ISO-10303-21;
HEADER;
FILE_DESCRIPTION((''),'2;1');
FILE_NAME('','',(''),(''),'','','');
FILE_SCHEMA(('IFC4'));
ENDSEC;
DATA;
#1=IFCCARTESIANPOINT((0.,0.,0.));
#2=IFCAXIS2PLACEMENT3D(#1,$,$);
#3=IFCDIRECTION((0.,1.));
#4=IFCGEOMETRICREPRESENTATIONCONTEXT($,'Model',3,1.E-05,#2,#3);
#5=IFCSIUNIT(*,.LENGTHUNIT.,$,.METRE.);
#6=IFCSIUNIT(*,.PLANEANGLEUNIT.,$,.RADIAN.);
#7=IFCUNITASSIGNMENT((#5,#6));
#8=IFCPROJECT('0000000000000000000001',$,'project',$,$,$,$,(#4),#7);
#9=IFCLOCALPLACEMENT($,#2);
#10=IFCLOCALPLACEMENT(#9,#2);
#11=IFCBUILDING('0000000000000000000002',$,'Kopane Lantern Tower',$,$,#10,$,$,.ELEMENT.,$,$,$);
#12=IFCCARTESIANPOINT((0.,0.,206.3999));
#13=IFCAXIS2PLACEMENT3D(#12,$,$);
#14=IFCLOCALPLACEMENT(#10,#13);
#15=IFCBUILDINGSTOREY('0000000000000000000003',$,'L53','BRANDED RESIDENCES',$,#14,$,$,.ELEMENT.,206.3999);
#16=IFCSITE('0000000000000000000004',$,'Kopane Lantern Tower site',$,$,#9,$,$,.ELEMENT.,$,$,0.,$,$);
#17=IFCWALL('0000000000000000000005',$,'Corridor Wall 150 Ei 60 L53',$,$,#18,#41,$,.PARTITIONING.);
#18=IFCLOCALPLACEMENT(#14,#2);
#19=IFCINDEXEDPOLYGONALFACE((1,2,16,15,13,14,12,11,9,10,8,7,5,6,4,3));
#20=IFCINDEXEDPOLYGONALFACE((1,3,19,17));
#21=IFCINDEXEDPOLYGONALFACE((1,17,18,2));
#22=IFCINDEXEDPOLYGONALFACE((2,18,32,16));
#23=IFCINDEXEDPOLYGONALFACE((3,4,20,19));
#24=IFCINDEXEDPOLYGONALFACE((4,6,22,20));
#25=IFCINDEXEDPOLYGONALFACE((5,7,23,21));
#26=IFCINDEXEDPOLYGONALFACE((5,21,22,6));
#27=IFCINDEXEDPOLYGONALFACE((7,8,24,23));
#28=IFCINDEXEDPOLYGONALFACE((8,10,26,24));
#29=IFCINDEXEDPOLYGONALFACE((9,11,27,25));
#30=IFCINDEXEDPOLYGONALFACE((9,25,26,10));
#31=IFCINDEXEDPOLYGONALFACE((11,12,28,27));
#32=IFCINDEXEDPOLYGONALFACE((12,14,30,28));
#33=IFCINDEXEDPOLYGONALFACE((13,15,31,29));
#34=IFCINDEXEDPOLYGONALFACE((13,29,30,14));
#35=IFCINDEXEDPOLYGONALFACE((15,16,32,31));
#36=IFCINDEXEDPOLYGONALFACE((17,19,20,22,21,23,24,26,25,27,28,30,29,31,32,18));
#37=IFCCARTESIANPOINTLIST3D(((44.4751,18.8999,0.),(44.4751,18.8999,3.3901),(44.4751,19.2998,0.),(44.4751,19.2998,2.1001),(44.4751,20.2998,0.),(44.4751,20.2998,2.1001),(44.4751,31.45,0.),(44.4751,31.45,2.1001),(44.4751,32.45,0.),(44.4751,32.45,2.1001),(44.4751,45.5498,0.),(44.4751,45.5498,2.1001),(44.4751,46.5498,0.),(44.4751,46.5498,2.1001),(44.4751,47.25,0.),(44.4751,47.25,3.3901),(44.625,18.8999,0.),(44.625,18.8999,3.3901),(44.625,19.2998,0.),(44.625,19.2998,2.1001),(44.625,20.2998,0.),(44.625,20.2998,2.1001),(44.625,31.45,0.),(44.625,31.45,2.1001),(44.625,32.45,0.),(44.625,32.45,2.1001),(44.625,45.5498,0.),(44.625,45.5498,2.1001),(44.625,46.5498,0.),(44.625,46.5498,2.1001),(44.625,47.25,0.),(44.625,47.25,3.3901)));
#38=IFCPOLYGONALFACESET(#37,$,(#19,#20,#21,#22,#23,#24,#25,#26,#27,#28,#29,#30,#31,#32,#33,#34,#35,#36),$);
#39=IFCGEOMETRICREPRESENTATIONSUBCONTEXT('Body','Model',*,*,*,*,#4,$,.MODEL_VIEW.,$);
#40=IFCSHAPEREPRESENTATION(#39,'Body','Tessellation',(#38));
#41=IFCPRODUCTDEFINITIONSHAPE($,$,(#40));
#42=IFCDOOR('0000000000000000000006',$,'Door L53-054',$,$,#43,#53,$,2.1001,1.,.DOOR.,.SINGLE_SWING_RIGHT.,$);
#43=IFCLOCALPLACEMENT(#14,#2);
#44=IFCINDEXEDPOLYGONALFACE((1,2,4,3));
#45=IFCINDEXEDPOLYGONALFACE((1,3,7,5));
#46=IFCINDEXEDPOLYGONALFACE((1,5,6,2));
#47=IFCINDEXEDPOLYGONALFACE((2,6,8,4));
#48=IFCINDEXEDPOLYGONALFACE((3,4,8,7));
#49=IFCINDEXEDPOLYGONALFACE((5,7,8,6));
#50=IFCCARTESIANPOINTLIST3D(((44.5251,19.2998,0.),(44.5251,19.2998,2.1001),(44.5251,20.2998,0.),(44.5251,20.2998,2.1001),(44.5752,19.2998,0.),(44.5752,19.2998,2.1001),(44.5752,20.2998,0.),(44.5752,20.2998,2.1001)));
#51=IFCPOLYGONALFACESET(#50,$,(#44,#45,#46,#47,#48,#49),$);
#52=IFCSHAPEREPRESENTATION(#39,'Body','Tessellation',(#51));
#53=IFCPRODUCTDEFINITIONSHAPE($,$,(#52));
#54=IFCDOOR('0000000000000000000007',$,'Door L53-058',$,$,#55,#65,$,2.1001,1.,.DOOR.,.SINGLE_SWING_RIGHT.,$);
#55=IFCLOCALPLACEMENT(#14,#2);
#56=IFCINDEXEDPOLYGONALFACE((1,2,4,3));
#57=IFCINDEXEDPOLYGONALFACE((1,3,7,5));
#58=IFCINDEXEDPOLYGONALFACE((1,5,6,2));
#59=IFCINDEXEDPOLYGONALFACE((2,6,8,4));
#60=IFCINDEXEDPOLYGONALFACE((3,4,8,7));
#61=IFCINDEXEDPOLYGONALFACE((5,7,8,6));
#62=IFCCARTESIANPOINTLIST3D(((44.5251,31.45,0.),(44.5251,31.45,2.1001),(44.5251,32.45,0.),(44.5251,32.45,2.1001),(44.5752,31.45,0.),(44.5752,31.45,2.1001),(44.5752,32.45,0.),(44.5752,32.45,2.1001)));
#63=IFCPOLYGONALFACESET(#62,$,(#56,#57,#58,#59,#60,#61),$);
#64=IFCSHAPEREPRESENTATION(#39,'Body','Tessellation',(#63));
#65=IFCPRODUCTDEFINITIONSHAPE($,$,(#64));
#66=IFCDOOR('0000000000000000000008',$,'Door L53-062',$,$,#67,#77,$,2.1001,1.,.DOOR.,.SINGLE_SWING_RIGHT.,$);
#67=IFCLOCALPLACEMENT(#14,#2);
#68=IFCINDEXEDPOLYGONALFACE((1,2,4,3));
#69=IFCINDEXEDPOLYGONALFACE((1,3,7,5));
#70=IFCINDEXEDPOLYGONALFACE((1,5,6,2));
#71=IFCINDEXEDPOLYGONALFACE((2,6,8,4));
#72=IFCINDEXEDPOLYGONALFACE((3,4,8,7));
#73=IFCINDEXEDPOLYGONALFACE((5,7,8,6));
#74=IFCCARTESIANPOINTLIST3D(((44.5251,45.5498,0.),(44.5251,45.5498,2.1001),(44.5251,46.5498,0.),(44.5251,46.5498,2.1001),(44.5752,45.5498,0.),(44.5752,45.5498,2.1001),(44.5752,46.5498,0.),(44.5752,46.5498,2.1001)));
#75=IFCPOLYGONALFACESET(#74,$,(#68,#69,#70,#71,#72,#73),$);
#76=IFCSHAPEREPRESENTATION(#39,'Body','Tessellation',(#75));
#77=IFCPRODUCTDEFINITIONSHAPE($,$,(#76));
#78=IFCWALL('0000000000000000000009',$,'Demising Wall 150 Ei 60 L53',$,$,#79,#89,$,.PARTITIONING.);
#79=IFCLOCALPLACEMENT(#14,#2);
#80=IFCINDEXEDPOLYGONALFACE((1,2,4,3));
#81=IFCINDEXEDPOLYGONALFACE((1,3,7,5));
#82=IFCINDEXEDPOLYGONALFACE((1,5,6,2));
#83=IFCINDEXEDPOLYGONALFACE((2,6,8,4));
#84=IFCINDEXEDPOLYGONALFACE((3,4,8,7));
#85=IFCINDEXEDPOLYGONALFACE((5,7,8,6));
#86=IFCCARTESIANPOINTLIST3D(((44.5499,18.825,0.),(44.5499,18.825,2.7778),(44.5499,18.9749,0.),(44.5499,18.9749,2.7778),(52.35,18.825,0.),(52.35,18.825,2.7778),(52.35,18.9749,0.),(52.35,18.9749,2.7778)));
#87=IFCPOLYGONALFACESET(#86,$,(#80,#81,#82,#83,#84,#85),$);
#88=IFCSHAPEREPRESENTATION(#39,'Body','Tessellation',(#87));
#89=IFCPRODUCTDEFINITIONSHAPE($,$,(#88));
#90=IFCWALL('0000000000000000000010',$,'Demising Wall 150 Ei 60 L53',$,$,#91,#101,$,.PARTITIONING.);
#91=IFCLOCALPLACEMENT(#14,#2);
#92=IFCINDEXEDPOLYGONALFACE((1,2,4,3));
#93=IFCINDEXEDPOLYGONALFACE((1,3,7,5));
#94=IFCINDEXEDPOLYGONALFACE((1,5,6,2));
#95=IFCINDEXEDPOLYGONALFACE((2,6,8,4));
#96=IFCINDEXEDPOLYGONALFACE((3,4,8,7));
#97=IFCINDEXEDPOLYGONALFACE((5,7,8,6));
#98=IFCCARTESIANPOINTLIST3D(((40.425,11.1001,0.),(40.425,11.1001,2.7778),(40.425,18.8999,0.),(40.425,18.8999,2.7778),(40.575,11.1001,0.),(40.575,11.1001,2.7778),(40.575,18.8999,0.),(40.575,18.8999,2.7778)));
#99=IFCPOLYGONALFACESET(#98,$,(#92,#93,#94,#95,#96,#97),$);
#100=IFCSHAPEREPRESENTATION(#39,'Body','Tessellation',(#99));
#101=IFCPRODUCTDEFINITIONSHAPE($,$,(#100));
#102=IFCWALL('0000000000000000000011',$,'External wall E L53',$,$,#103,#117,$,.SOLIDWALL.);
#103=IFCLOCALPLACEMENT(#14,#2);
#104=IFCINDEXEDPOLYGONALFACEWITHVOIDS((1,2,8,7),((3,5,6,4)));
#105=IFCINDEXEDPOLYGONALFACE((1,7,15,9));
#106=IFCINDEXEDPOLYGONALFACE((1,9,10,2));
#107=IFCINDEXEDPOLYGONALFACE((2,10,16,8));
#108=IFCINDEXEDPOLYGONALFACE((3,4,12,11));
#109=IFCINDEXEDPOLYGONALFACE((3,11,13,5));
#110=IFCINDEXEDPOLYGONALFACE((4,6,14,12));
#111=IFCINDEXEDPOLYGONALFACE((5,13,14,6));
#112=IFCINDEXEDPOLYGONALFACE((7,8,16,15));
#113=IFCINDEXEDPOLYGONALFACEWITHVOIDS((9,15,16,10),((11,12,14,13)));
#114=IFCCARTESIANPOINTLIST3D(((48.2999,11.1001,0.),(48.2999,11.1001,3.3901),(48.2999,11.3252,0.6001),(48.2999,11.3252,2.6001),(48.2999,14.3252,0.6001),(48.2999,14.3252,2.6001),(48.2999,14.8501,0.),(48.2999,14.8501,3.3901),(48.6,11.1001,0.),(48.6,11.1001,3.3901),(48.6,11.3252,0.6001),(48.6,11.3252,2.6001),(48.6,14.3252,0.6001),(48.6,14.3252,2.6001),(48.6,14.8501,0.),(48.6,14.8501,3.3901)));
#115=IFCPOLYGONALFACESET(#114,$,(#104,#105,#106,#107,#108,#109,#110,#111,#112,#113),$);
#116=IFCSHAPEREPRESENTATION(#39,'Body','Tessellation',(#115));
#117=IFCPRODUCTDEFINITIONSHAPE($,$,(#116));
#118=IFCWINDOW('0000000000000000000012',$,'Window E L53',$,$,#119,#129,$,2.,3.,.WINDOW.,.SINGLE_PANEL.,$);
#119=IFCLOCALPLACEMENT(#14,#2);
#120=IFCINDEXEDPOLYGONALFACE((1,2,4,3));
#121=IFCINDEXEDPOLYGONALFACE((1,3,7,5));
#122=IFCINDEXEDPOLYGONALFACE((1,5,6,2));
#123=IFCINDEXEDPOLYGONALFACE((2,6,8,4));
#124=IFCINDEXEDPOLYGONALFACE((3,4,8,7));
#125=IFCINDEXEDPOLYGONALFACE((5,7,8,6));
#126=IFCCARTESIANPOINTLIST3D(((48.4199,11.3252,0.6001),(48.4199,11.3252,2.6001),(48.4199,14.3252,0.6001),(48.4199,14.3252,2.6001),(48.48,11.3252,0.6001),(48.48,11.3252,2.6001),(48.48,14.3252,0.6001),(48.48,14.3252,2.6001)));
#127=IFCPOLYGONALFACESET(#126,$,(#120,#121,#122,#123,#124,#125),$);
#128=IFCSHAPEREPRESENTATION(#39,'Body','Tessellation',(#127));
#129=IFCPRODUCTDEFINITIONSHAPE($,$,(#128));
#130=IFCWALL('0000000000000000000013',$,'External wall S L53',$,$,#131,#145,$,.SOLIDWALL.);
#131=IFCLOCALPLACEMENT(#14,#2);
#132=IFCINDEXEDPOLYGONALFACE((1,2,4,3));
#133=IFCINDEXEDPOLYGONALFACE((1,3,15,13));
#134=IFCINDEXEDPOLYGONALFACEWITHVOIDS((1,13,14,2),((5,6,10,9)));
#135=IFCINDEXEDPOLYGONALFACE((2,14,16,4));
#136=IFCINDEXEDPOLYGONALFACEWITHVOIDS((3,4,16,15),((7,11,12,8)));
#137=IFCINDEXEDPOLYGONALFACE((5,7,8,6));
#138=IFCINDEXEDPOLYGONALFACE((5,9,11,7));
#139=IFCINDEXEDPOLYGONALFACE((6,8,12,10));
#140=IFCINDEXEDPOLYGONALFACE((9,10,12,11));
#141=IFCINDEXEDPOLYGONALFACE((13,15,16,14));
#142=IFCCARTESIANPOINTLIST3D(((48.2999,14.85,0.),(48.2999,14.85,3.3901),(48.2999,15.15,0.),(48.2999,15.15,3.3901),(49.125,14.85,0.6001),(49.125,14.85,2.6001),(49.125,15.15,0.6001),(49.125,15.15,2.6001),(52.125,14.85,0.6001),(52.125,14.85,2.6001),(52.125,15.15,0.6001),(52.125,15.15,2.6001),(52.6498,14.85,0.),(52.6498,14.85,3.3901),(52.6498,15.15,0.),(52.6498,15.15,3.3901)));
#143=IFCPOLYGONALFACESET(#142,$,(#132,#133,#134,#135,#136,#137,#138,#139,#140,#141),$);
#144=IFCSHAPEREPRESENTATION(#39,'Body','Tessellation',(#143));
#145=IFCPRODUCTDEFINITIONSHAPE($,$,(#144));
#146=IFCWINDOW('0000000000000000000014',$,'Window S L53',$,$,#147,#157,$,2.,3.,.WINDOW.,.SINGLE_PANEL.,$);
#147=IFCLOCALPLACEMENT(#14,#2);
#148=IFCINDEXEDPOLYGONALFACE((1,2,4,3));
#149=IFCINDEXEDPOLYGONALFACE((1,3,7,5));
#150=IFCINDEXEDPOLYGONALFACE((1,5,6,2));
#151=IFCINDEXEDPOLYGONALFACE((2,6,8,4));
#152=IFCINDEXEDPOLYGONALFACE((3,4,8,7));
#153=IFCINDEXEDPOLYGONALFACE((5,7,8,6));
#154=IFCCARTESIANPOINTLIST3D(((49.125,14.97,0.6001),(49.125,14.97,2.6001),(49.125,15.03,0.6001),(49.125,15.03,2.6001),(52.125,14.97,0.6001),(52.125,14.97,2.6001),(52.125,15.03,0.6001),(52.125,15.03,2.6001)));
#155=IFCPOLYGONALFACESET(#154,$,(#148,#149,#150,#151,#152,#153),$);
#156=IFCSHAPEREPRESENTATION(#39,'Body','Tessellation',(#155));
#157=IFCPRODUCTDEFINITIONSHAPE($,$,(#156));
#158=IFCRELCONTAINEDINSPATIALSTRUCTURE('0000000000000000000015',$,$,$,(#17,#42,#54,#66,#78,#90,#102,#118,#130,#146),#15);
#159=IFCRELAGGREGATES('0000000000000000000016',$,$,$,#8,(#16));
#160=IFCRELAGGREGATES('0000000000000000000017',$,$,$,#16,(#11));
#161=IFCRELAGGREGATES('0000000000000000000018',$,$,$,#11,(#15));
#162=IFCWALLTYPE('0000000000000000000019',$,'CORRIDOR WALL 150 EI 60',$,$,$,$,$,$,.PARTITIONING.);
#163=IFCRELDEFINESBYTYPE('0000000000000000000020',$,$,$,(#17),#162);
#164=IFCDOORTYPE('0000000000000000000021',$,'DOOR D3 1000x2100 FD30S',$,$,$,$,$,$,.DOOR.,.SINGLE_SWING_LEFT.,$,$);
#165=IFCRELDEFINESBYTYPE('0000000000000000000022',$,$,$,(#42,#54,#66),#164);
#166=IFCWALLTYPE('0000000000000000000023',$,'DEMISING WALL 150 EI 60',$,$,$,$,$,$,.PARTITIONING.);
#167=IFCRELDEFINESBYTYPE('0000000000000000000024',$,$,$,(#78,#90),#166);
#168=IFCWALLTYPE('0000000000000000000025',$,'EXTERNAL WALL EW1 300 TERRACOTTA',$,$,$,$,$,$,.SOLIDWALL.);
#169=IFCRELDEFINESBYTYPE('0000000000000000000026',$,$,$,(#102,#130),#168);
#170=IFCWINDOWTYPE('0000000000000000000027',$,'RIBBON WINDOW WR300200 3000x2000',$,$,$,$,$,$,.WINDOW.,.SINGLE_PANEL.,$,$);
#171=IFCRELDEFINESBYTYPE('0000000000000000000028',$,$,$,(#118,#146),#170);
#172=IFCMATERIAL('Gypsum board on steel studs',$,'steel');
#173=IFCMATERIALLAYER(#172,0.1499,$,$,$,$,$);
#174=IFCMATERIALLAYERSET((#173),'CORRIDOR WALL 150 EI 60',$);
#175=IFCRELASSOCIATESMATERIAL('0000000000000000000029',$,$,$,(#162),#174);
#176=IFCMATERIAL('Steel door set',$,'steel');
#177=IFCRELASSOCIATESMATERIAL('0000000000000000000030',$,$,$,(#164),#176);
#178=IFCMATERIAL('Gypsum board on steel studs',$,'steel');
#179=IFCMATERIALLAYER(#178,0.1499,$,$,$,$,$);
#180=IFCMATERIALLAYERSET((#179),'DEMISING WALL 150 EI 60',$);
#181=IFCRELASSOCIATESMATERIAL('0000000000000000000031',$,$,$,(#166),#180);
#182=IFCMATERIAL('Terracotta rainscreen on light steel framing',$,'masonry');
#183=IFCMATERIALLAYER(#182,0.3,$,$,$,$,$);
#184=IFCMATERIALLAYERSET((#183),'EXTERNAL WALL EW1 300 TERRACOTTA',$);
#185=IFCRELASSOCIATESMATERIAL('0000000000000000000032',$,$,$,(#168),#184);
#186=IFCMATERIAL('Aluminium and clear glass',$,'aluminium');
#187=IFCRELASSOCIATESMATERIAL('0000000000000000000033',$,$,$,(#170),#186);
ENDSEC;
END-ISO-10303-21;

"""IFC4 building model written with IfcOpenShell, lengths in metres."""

from ifc_helpers import new_model, si_unit, direction, frame, frame_2d, origin, place, context, subcontext, project, spatial, rectangle, extrude, material, layer, layer_set, type_object, element, fill, save


model = new_model("IFC4")

# Units and contexts
model_context = context("Model", 3, precision=1e-05, world=origin(), true_north=direction((0.0, 1.0)))
body_context = subcontext(model_context, "Body", "Model", "MODEL_VIEW")
ifc_project = project(units=[si_unit("LENGTHUNIT", "METRE"), si_unit("PLANEANGLEUNIT", "RADIAN")], contexts=[model_context])

# Site, building, storey
site_placement = place(None, origin())
site = spatial("IfcSite", under=ifc_project, at=site_placement, Name="Kopane Lantern Tower site", CompositionType="ELEMENT", RefElevation=0.0)
building_placement = place(site_placement, origin())
building = spatial("IfcBuilding", under=site, at=building_placement, Name="Kopane Lantern Tower", CompositionType="ELEMENT")
storey_placement = place(building_placement, frame((0.0, 0.0, 206.3999)))
storey = spatial("IfcBuildingStorey", under=building, at=storey_placement, Name="L53", Description="BRANDED RESIDENCES", CompositionType="ELEMENT", Elevation=206.3999)

# Wall, openings, doors
ifc_material_1 = material(Name="Gypsum board on steel studs", Category="steel")
ifc_layer_1 = layer(ifc_material_1, 0.1499)
ifc_layer_set_1 = layer_set([ifc_layer_1], Name="CORRIDOR WALL 150 EI 60")
wall_type_1 = type_object("IfcWallType", Name="CORRIDOR WALL 150 EI 60", PredefinedType="PARTITIONING", material=ifc_layer_set_1)
wall_1_placement = place(storey_placement, frame((44.55, 18.8999, 0.0), z_axis=(0.0, 0.0, 1.0), x_axis=(0.0, 1.0, 0.0)))
wall_1 = element("IfcWall", 1, at=wall_1_placement, inside=storey, type_object=wall_type_1, Name="Corridor Wall 150 Ei 60 L53", PredefinedType="PARTITIONING", context=body_context, shape_type="SweptSolid", body=[
    extrude(rectangle(XDim=28.3501, YDim=0.1499, at=frame_2d((14.175, 0.0))), origin(), (0.0, 0.0, 1.0), 3.3901),
])
opening_1_placement = place(wall_1_placement, frame((0.3999, 0.0, 0.0)))
opening_1 = element("IfcOpeningElement", 2, at=opening_1_placement, cuts=wall_1, PredefinedType="OPENING", context=body_context, shape_type="SweptSolid", body=[
    extrude(rectangle(XDim=1.0, YDim=2.1001, at=frame_2d((0.5, 1.05))), frame((0.0, 0.085, 0.0), z_axis=(0.0, -1.0, 0.0), x_axis=(1.0, 0.0, 0.0)), (0.0, 0.0, 1.0), 0.1699),
])
opening_2_placement = place(wall_1_placement, frame((12.55, 0.0, 0.0)))
opening_2 = element("IfcOpeningElement", 3, at=opening_2_placement, cuts=wall_1, PredefinedType="OPENING", context=body_context, shape_type="SweptSolid", body=[
    extrude(rectangle(XDim=1.0, YDim=2.1001, at=frame_2d((0.5, 1.05))), frame((0.0, 0.085, 0.0), z_axis=(0.0, -1.0, 0.0), x_axis=(1.0, 0.0, 0.0)), (0.0, 0.0, 1.0), 0.1699),
])
opening_3_placement = place(wall_1_placement, frame((26.6499, 0.0, 0.0)))
opening_3 = element("IfcOpeningElement", 4, at=opening_3_placement, cuts=wall_1, PredefinedType="OPENING", context=body_context, shape_type="SweptSolid", body=[
    extrude(rectangle(XDim=1.0, YDim=2.1001, at=frame_2d((0.5, 1.05))), frame((0.0, 0.085, 0.0), z_axis=(0.0, -1.0, 0.0), x_axis=(1.0, 0.0, 0.0)), (0.0, 0.0, 1.0), 0.1699),
])
ifc_material_2 = material(Name="Steel door set", Category="steel")
door_type_1 = type_object("IfcDoorType", Name="DOOR D3 1000x2100 FD30S", OperationType="SINGLE_SWING_LEFT", PredefinedType="DOOR", material=ifc_material_2)
door_1_placement = place(opening_1_placement, origin())
door_1 = element("IfcDoor", 5, at=door_1_placement, inside=storey, type_object=door_type_1, Name="Door L53-054", OperationType="SINGLE_SWING_RIGHT", OverallHeight=2.1001, OverallWidth=1.0, PredefinedType="DOOR", context=body_context, shape_type="SweptSolid", body=[
    extrude(rectangle(XDim=1.0, YDim=2.1001, at=frame_2d((0.5, 1.05))), frame((0.0, 0.0249, 0.0), z_axis=(0.0, -1.0, 0.0), x_axis=(1.0, 0.0, 0.0)), (0.0, 0.0, 1.0), 0.05),
])
fill(opening_1, door_1)
door_2_placement = place(opening_2_placement, origin())
door_2 = element("IfcDoor", 6, at=door_2_placement, inside=storey, type_object=door_type_1, Name="Door L53-058", OperationType="SINGLE_SWING_RIGHT", OverallHeight=2.1001, OverallWidth=1.0, PredefinedType="DOOR", context=body_context, shape_type="SweptSolid", body=[
    extrude(rectangle(XDim=1.0, YDim=2.1001, at=frame_2d((0.5, 1.05))), frame((0.0, 0.0249, 0.0), z_axis=(0.0, -1.0, 0.0), x_axis=(1.0, 0.0, 0.0)), (0.0, 0.0, 1.0), 0.05),
])
fill(opening_2, door_2)
door_3_placement = place(opening_3_placement, origin())
door_3 = element("IfcDoor", 7, at=door_3_placement, inside=storey, type_object=door_type_1, Name="Door L53-062", OperationType="SINGLE_SWING_RIGHT", OverallHeight=2.1001, OverallWidth=1.0, PredefinedType="DOOR", context=body_context, shape_type="SweptSolid", body=[
    extrude(rectangle(XDim=1.0, YDim=2.1001, at=frame_2d((0.5, 1.05))), frame((0.0, 0.0249, 0.0), z_axis=(0.0, -1.0, 0.0), x_axis=(1.0, 0.0, 0.0)), (0.0, 0.0, 1.0), 0.05),
])
fill(opening_3, door_3)

# Walls
ifc_material_3 = material(Name="Gypsum board on steel studs", Category="steel")
ifc_layer_2 = layer(ifc_material_3, 0.1499)
ifc_layer_set_2 = layer_set([ifc_layer_2], Name="DEMISING WALL 150 EI 60")
wall_type_2 = type_object("IfcWallType", Name="DEMISING WALL 150 EI 60", PredefinedType="PARTITIONING", material=ifc_layer_set_2)
wall_2_placement = place(storey_placement, frame((44.55, 18.8999, 0.0), z_axis=(0.0, 0.0, 1.0), x_axis=(1.0, 0.0, 0.0)))
element("IfcWall", 8, at=wall_2_placement, inside=storey, type_object=wall_type_2, Name="Demising Wall 150 Ei 60 L53", PredefinedType="PARTITIONING", context=body_context, shape_type="SweptSolid", body=[
    extrude(rectangle(XDim=7.8, YDim=0.1499, at=frame_2d((3.8999, 0.0))), origin(), (0.0, 0.0, 1.0), 2.7778),
])
wall_3_placement = place(storey_placement, frame((40.5, 18.8999, 0.0), z_axis=(0.0, 0.0, 1.0), x_axis=(0.0, -1.0, 0.0)))
element("IfcWall", 9, at=wall_3_placement, inside=storey, type_object=wall_type_2, Name="Demising Wall 150 Ei 60 L53", PredefinedType="PARTITIONING", context=body_context, shape_type="SweptSolid", body=[
    extrude(rectangle(XDim=7.7998, YDim=0.1499, at=frame_2d((3.8999, 0.0))), origin(), (0.0, 0.0, 1.0), 2.7778),
])

# Walls, openings, windows
ifc_material_4 = material(Name="Terracotta rainscreen on light steel framing", Category="masonry")
ifc_layer_3 = layer(ifc_material_4, 0.3)
ifc_layer_set_3 = layer_set([ifc_layer_3], Name="EXTERNAL WALL EW1 300 TERRACOTTA")
wall_type_3 = type_object("IfcWallType", Name="EXTERNAL WALL EW1 300 TERRACOTTA", PredefinedType="SOLIDWALL", material=ifc_layer_set_3)
wall_4_placement = place(storey_placement, frame((48.45, 11.1001, 0.0), z_axis=(0.0, 0.0, 1.0), x_axis=(0.0, 1.0, 0.0)))
wall_4 = element("IfcWall", 10, at=wall_4_placement, inside=storey, type_object=wall_type_3, Name="External wall E L53", PredefinedType="SOLIDWALL", context=body_context, shape_type="SweptSolid", body=[
    extrude(rectangle(XDim=3.75, YDim=0.3, at=frame_2d((1.875, 0.0))), origin(), (0.0, 0.0, 1.0), 3.3901),
])
opening_4_placement = place(wall_4_placement, frame((0.2251, 0.0, 0.6001)))
opening_4 = element("IfcOpeningElement", 11, at=opening_4_placement, cuts=wall_4, PredefinedType="OPENING", context=body_context, shape_type="SweptSolid", body=[
    extrude(rectangle(XDim=3.0, YDim=2.0, at=frame_2d((1.5, 1.0))), frame((0.0, 0.1599, 0.0), z_axis=(0.0, -1.0, 0.0), x_axis=(1.0, 0.0, 0.0)), (0.0, 0.0, 1.0), 0.3201),
])
ifc_material_5 = material(Name="Aluminium and clear glass", Category="aluminium")
window_type = type_object("IfcWindowType", Name="RIBBON WINDOW WR300200 3000x2000", PartitioningType="SINGLE_PANEL", PredefinedType="WINDOW", material=ifc_material_5)
window_1_placement = place(opening_4_placement, origin())
window_1 = element("IfcWindow", 12, at=window_1_placement, inside=storey, type_object=window_type, Name="Window E L53", OverallHeight=2.0, OverallWidth=3.0, PartitioningType="SINGLE_PANEL", PredefinedType="WINDOW", context=body_context, shape_type="SweptSolid", body=[
    extrude(rectangle(XDim=3.0, YDim=2.0, at=frame_2d((1.5, 1.0))), frame((0.0, 0.03, 0.0), z_axis=(0.0, -1.0, 0.0), x_axis=(1.0, 0.0, 0.0)), (0.0, 0.0, 1.0), 0.0601),
])
fill(opening_4, window_1)
wall_5_placement = place(storey_placement, frame((48.3, 15.0, 0.0), z_axis=(0.0, 0.0, 1.0), x_axis=(1.0, 0.0, 0.0)))
wall_5 = element("IfcWall", 13, at=wall_5_placement, inside=storey, type_object=wall_type_3, Name="External wall S L53", PredefinedType="SOLIDWALL", context=body_context, shape_type="SweptSolid", body=[
    extrude(rectangle(XDim=4.3499, YDim=0.3, at=frame_2d((2.1748, 0.0))), origin(), (0.0, 0.0, 1.0), 3.3901),
])
opening_5_placement = place(wall_5_placement, frame((0.825, 0.0, 0.6001)))
opening_5 = element("IfcOpeningElement", 14, at=opening_5_placement, cuts=wall_5, PredefinedType="OPENING", context=body_context, shape_type="SweptSolid", body=[
    extrude(rectangle(XDim=3.0, YDim=2.0, at=frame_2d((1.5, 1.0))), frame((0.0, 0.1599, 0.0), z_axis=(0.0, -1.0, 0.0), x_axis=(1.0, 0.0, 0.0)), (0.0, 0.0, 1.0), 0.3201),
])
window_2_placement = place(opening_5_placement, origin())
window_2 = element("IfcWindow", 15, at=window_2_placement, inside=storey, type_object=window_type, Name="Window S L53", OverallHeight=2.0, OverallWidth=3.0, PartitioningType="SINGLE_PANEL", PredefinedType="WINDOW", context=body_context, shape_type="SweptSolid", body=[
    extrude(rectangle(XDim=3.0, YDim=2.0, at=frame_2d((1.5, 1.0))), frame((0.0, 0.03, 0.0), z_axis=(0.0, -1.0, 0.0), x_axis=(1.0, 0.0, 0.0)), (0.0, 0.0, 1.0), 0.0601),
])
fill(opening_5, window_2)

save(model, "model.ifc")
